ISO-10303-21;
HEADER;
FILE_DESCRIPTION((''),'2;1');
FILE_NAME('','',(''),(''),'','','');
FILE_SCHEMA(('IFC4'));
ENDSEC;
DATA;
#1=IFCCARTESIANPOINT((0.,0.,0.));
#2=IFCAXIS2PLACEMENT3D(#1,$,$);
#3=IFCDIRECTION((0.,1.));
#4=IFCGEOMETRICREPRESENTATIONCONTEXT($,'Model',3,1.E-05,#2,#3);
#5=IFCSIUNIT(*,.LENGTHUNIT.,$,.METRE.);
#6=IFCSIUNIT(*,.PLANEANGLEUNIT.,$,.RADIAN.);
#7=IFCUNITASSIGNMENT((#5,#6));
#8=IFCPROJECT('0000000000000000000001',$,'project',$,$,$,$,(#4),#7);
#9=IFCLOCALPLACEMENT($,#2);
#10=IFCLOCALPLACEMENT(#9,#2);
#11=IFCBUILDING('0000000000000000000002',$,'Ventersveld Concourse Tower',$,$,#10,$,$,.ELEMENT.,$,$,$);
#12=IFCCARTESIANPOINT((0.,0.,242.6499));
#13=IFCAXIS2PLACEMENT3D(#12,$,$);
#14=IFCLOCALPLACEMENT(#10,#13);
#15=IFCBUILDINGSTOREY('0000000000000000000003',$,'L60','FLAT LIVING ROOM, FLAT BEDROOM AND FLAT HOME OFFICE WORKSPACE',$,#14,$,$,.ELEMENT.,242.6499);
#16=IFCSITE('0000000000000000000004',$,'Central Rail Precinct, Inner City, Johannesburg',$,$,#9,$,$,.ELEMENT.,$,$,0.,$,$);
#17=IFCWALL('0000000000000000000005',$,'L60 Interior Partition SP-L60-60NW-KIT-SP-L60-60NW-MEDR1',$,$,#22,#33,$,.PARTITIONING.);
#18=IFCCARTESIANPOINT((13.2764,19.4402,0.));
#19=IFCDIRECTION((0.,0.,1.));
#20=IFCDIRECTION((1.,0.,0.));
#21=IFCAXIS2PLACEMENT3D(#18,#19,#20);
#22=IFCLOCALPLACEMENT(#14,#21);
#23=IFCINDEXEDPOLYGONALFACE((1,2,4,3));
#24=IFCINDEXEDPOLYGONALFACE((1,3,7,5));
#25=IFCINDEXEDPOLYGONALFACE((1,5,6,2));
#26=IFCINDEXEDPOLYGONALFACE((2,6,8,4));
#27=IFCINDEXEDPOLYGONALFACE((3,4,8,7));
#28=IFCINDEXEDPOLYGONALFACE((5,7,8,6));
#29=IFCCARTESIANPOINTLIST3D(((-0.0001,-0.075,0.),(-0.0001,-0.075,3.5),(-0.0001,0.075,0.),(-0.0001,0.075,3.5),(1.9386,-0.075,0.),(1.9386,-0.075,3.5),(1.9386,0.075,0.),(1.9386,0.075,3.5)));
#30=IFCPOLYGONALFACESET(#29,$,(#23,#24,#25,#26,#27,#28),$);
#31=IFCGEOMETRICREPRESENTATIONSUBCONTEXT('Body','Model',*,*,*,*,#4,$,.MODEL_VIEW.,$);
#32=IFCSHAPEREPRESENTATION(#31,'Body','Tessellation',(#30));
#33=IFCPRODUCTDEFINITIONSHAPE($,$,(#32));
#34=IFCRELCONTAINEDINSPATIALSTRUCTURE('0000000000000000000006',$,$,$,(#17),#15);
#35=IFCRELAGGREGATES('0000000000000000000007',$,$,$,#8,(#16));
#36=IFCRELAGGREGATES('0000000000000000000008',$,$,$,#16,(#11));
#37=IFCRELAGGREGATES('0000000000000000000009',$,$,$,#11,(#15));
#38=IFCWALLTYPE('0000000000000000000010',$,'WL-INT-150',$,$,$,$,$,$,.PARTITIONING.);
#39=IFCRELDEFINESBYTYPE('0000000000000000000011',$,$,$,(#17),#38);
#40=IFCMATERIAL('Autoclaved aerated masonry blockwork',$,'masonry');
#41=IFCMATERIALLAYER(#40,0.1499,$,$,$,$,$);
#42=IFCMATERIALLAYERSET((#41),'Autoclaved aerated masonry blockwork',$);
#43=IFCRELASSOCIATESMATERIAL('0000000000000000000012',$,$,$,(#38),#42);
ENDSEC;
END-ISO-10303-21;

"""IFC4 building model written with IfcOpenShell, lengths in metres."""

from ifc_helpers import new_model, si_unit, direction, frame, frame_2d, origin, place, context, subcontext, project, spatial, rectangle, extrude, material, layer, layer_set, type_object, element, save


model = new_model("IFC4")

# Units and contexts
model_context = context("Model", 3, precision=1e-05, world=origin(), true_north=direction((0.0, 1.0)))
body_context = subcontext(model_context, "Body", "Model", "MODEL_VIEW")
ifc_project = project(units=[si_unit("LENGTHUNIT", "METRE"), si_unit("PLANEANGLEUNIT", "RADIAN")], contexts=[model_context])

# Site, building, storey
site_placement = place(None, origin())
site = spatial("IfcSite", under=ifc_project, at=site_placement, Name="Central Rail Precinct, Inner City, Johannesburg", CompositionType="ELEMENT", RefElevation=0.0)
building_placement = place(site_placement, origin())
building = spatial("IfcBuilding", under=site, at=building_placement, Name="Ventersveld Concourse Tower", CompositionType="ELEMENT")
storey_placement = place(building_placement, frame((0.0, 0.0, 242.6499)))
storey = spatial("IfcBuildingStorey", under=building, at=storey_placement, Name="L60", Description="FLAT LIVING ROOM, FLAT BEDROOM AND FLAT HOME OFFICE WORKSPACE", CompositionType="ELEMENT", Elevation=242.6499)

# Shared definitions
ifc_material_1 = material(Name="Autoclaved aerated masonry blockwork", Category="masonry")
ifc_layer_1 = layer(ifc_material_1, 0.1499)
ifc_layer_set_1 = layer_set([ifc_layer_1], Name="Autoclaved aerated masonry blockwork")
wall_type_1 = type_object("IfcWallType", Name="WL-INT-150", PredefinedType="PARTITIONING", material=ifc_layer_set_1)

# Wall
wall_1_placement = place(storey_placement, frame((13.2764, 19.4402, 0.0), z_axis=(0.0, 0.0, 1.0), x_axis=(1.0, 0.0, 0.0)))
element("IfcWall", 1, at=wall_1_placement, inside=storey, type_object=wall_type_1, Name="L60 Interior Partition SP-L60-60NW-KIT-SP-L60-60NW-MEDR1", PredefinedType="PARTITIONING", context=body_context, shape_type="SweptSolid", body=[
    extrude(rectangle(XDim=1.9387, YDim=0.1499, at=frame_2d((0.9692, 0.0))), origin(), (0.0, 0.0, 1.0), 3.5),
])

save(model, "model.ifc")
